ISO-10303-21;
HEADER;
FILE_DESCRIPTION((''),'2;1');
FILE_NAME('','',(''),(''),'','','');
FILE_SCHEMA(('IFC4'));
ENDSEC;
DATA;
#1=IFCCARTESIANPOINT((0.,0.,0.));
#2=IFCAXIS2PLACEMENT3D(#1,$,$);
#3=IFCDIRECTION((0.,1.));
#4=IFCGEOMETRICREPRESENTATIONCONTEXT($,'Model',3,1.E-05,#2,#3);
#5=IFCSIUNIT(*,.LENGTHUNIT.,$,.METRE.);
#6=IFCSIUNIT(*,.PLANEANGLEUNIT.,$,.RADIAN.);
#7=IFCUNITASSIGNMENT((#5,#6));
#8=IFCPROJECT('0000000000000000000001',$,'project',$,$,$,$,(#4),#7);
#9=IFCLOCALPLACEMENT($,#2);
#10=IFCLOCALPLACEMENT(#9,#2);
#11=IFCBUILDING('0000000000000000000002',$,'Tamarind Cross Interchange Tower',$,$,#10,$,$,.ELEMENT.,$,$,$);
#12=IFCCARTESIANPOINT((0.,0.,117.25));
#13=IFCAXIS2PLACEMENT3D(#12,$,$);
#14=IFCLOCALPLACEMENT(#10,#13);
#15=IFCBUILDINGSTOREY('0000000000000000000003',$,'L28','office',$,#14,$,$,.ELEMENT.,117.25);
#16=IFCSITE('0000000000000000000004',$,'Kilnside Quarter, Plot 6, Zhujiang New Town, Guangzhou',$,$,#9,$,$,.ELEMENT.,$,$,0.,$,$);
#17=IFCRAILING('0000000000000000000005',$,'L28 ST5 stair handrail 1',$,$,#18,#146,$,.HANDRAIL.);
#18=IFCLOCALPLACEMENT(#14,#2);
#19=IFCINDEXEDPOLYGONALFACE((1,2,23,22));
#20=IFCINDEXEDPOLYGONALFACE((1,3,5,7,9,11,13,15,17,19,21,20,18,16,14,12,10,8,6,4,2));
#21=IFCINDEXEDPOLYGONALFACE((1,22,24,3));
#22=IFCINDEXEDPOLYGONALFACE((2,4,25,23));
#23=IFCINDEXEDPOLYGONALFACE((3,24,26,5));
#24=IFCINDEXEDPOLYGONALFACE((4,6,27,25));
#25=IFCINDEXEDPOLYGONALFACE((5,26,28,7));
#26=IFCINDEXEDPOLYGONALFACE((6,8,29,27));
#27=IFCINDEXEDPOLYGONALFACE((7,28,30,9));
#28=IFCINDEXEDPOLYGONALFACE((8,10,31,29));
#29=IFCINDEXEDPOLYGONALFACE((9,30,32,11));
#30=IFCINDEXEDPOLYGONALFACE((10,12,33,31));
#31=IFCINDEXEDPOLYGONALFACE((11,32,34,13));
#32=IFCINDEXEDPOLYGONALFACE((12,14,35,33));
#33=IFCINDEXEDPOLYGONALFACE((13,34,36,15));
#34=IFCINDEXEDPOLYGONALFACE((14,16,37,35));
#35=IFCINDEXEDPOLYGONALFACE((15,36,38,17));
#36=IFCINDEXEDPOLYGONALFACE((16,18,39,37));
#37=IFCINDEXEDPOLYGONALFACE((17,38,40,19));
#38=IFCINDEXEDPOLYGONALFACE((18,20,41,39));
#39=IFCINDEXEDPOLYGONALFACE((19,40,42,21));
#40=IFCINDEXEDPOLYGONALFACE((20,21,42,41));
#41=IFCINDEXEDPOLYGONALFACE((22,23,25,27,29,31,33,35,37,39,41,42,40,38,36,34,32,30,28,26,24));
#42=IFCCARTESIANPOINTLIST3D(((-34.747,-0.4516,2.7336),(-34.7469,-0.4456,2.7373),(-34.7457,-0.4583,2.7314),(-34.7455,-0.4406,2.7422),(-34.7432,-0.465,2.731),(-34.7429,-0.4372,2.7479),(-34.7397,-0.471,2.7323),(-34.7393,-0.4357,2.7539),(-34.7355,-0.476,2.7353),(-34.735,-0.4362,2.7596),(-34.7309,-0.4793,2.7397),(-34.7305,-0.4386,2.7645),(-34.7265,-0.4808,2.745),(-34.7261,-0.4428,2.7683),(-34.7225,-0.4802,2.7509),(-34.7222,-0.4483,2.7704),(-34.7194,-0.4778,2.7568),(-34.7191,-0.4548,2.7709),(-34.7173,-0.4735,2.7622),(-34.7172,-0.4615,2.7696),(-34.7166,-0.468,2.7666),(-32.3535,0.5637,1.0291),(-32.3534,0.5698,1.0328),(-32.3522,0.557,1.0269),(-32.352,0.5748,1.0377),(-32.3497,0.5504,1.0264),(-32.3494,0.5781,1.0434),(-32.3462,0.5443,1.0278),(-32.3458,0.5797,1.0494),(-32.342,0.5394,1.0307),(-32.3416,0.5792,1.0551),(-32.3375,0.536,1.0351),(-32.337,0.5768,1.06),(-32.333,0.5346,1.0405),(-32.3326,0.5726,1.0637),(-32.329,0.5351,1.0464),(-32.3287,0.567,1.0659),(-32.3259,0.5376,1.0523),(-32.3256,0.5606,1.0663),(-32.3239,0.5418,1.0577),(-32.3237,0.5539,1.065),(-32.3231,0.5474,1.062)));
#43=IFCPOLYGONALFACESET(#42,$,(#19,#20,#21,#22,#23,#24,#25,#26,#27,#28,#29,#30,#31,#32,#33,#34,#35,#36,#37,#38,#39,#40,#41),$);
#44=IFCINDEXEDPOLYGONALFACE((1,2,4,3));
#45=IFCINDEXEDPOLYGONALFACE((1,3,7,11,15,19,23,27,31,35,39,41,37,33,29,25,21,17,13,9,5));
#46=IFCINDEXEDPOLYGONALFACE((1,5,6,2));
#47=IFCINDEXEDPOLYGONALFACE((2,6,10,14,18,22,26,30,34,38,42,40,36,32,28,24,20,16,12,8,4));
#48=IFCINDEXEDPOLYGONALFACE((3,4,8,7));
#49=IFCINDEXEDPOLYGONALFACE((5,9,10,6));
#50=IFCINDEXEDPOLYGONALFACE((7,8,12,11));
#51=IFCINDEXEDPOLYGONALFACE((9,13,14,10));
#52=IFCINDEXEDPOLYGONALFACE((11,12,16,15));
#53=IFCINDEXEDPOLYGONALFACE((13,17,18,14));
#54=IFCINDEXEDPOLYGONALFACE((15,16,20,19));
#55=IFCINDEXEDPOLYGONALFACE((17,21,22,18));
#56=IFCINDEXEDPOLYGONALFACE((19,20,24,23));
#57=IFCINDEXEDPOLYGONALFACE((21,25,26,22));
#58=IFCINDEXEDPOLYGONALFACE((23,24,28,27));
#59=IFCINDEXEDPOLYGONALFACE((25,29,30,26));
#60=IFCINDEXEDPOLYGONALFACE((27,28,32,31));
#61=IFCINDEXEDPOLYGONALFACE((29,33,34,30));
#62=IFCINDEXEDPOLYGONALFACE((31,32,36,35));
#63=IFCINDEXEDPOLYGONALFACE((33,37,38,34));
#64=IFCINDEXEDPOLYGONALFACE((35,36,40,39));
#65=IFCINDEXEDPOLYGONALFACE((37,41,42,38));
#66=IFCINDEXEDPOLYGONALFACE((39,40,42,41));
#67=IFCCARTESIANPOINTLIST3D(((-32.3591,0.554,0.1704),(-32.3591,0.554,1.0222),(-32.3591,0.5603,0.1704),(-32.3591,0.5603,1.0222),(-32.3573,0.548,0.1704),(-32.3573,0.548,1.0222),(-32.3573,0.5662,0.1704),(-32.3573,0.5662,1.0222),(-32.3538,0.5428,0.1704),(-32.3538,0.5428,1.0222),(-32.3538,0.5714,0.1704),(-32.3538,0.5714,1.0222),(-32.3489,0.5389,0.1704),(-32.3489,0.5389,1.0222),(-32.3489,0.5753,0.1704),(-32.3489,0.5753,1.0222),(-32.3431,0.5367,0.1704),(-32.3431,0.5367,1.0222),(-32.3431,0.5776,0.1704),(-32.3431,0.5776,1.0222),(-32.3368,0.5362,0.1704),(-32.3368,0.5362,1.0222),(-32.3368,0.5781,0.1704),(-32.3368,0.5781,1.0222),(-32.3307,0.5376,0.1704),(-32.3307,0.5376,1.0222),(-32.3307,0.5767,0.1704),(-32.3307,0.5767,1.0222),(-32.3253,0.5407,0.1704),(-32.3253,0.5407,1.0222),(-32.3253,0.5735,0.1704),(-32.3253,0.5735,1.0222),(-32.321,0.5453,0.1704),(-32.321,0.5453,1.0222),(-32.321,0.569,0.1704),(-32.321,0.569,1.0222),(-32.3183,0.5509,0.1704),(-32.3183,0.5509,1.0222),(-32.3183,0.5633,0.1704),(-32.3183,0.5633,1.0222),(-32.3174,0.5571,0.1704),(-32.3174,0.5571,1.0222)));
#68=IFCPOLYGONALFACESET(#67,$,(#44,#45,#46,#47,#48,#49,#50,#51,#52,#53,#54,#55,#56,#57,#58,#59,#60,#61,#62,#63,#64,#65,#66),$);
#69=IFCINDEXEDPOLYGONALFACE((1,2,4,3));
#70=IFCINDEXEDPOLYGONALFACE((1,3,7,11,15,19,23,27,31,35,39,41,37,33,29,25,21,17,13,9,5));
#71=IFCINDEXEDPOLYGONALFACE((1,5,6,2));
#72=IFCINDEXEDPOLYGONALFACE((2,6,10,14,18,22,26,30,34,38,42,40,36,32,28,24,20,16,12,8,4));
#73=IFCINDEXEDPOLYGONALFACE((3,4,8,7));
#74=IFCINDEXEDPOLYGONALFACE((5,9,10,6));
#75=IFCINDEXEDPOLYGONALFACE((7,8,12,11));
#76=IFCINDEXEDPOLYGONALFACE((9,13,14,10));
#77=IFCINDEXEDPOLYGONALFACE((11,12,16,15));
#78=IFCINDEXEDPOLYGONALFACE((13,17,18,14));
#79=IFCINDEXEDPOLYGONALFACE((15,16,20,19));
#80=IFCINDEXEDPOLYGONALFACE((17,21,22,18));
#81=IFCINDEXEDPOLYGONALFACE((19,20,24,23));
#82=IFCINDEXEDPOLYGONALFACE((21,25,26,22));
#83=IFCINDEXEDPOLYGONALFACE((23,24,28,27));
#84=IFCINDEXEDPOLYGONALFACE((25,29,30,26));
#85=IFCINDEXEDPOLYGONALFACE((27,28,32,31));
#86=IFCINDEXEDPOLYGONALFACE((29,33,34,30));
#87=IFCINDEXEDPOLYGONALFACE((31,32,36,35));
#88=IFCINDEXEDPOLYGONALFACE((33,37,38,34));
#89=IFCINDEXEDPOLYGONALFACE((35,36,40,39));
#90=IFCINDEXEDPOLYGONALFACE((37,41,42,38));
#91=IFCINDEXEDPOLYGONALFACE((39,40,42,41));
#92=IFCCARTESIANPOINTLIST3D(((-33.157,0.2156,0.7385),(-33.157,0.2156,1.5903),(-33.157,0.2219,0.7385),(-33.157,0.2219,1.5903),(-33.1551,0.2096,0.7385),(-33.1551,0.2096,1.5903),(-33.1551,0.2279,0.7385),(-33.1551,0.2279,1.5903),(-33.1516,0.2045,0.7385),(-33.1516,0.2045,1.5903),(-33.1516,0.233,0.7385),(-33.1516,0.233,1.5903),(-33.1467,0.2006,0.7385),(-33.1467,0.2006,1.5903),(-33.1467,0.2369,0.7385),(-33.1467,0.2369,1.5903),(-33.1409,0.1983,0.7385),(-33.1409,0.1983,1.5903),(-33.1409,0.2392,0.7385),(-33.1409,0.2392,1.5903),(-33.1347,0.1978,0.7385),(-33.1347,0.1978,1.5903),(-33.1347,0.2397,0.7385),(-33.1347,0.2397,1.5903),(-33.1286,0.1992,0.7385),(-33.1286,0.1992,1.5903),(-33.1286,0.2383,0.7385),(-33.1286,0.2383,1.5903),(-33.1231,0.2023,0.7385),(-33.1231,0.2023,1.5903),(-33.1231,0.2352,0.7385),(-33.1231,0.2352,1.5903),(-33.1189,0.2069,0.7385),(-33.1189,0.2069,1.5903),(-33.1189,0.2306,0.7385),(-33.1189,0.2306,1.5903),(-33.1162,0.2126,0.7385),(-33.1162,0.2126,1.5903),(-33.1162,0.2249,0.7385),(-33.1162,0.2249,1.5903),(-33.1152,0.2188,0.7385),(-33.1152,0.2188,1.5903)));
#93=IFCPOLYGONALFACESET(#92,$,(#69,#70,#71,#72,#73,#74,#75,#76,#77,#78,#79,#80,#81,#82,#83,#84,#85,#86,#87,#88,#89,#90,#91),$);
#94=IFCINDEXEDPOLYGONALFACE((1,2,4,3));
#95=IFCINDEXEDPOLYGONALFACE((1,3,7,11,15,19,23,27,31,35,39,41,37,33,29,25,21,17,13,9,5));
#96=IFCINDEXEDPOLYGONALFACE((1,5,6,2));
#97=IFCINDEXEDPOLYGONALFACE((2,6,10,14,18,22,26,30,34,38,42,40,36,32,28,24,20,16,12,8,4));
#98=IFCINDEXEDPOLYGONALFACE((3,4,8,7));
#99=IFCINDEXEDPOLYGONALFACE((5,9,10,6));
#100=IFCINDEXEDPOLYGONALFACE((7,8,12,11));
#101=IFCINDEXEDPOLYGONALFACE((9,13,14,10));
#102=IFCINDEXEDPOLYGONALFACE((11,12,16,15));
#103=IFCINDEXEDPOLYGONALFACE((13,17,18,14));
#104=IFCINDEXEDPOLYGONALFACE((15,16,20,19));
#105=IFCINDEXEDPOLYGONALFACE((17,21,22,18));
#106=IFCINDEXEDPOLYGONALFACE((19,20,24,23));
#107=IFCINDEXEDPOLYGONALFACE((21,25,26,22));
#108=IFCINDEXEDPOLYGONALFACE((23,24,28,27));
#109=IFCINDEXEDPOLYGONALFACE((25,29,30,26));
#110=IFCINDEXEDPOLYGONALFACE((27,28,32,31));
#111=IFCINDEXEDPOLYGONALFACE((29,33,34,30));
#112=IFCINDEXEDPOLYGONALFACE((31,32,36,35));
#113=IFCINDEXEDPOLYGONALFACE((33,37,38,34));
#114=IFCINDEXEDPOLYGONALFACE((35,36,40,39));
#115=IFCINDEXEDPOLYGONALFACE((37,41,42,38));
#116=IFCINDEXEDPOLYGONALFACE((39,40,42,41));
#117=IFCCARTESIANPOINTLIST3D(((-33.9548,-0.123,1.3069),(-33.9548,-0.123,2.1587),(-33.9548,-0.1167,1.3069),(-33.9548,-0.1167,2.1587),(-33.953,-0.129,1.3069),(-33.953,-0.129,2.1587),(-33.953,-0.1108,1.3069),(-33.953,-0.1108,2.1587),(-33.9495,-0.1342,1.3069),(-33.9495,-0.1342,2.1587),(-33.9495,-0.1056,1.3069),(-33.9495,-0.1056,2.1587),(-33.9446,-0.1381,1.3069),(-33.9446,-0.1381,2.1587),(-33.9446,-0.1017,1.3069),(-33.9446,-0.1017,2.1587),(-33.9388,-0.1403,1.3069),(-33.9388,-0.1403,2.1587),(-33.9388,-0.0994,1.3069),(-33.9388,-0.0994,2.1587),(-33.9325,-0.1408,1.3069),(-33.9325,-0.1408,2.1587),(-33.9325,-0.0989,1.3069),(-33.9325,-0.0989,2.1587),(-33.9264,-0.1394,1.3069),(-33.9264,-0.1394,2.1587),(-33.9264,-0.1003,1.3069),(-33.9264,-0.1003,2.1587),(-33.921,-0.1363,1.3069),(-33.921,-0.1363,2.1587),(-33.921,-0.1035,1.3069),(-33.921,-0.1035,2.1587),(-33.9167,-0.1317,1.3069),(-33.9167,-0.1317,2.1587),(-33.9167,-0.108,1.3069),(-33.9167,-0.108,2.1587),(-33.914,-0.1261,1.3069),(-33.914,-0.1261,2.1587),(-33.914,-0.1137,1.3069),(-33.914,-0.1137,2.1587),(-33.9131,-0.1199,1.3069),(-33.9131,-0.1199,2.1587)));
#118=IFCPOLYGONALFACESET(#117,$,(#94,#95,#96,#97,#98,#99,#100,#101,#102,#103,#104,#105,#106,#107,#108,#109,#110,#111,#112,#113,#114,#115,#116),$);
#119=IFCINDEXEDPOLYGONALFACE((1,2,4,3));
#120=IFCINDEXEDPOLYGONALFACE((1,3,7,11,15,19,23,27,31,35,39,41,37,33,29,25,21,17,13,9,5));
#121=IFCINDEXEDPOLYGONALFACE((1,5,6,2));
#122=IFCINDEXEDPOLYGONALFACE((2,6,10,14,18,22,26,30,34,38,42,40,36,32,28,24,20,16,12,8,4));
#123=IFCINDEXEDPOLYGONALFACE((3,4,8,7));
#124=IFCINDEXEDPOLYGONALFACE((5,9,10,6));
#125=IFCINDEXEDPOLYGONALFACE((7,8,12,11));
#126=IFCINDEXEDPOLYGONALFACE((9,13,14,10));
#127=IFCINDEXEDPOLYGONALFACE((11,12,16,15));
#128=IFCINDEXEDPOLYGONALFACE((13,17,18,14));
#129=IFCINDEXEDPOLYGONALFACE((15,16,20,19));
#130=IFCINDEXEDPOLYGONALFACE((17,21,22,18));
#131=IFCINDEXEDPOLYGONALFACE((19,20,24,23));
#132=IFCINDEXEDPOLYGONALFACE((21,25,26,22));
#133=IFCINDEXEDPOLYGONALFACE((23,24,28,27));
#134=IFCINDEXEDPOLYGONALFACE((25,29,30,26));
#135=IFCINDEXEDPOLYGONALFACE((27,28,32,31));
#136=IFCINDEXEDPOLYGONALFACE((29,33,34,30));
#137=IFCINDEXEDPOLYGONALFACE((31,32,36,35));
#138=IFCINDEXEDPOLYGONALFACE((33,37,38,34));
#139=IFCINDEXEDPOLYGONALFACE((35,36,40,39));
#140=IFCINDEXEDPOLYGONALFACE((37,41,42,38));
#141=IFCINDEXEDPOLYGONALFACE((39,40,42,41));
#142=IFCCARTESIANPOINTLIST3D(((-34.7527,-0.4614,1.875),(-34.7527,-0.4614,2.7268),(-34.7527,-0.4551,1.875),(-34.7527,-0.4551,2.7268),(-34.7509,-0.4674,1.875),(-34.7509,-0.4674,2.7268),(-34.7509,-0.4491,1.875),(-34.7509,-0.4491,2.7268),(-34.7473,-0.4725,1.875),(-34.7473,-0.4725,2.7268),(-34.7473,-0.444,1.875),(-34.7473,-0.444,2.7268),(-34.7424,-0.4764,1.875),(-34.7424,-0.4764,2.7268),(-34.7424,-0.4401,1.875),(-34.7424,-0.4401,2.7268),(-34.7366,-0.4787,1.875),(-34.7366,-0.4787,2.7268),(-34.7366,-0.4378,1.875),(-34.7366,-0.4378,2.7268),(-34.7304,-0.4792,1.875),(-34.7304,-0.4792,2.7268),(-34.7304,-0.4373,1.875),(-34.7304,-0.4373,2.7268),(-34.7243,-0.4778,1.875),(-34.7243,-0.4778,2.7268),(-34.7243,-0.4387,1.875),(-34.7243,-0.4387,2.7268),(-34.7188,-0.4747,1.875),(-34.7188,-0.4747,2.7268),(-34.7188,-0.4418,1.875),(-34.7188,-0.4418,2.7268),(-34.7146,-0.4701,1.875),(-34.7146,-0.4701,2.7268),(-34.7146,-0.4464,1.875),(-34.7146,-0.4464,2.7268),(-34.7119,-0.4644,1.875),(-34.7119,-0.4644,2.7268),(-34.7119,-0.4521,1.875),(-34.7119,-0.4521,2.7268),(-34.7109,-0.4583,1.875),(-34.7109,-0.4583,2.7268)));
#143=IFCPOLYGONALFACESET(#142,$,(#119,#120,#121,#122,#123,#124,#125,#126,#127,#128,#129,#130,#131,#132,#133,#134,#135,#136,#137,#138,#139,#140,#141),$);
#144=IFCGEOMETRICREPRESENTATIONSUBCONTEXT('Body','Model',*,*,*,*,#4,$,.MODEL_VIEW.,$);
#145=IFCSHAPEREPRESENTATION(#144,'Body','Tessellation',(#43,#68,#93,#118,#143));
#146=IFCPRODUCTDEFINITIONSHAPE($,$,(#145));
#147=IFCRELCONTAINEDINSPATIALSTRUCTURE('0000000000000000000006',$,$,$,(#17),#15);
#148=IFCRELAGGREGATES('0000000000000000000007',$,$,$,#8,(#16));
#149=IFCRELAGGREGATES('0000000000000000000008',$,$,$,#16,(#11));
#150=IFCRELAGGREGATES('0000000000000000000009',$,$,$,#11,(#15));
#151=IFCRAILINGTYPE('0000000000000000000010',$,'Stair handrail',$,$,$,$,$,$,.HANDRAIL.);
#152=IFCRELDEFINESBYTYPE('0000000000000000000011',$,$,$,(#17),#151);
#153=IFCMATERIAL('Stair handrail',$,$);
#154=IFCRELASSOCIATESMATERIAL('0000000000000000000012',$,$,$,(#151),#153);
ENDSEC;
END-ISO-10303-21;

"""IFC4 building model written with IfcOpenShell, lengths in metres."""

from ifc_helpers import new_model, si_unit, direction, frame, origin, origin_2d, place, context, subcontext, project, spatial, circle, extrude, material, type_object, element, save


model = new_model("IFC4")

# Units and contexts
model_context = context("Model", 3, precision=1e-05, world=origin(), true_north=direction((0.0, 1.0)))
body_context = subcontext(model_context, "Body", "Model", "MODEL_VIEW")
ifc_project = project(units=[si_unit("LENGTHUNIT", "METRE"), si_unit("PLANEANGLEUNIT", "RADIAN")], contexts=[model_context])

# Site, building, storey
site_placement = place(None, origin())
site = spatial("IfcSite", under=ifc_project, at=site_placement, Name="Kilnside Quarter, Plot 6, Zhujiang New Town, Guangzhou", CompositionType="ELEMENT", RefElevation=0.0)
building_placement = place(site_placement, origin())
building = spatial("IfcBuilding", under=site, at=building_placement, Name="Tamarind Cross Interchange Tower", CompositionType="ELEMENT")
storey_placement = place(building_placement, frame((0.0, 0.0, 117.25)))
storey = spatial("IfcBuildingStorey", under=building, at=storey_placement, Name="L28", Description="office", CompositionType="ELEMENT", Elevation=117.25)

# Railing
ifc_material_1 = material(Name="Stair handrail")
railing_type = type_object("IfcRailingType", Name="Stair handrail", PredefinedType="HANDRAIL", material=ifc_material_1)
railing_placement = place(storey_placement, frame((-32.3384, 0.5571, 0.1704)))
element("IfcRailing", 1, at=railing_placement, inside=storey, type_object=railing_type, Name="L28 ST5 stair handrail 1", PredefinedType="HANDRAIL", context=body_context, shape_type="SweptSolid", body=[
    extrude(circle(Radius=0.0239, at=origin_2d()), frame((0.0, 0.0, 0.876), z_axis=(-0.769885, -0.326597, 0.54828), x_axis=(0.390528, -0.920591, 0.0)), (0.0, 0.0, 1.0), 3.1089),
    extrude(circle(Radius=0.021, at=origin_2d()), origin(), (0.0, 0.0, 1.0), 0.8518),
    extrude(circle(Radius=0.021, at=origin_2d()), frame((-0.7979, -0.3384, 0.5681)), (0.0, 0.0, 1.0), 0.8518),
    extrude(circle(Radius=0.021, at=origin_2d()), frame((-1.5957, -0.677, 1.1365)), (0.0, 0.0, 1.0), 0.8518),
    extrude(circle(Radius=0.021, at=origin_2d()), frame((-2.3936, -1.0154, 1.7046)), (0.0, 0.0, 1.0), 0.8518),
])

save(model, "model.ifc")
